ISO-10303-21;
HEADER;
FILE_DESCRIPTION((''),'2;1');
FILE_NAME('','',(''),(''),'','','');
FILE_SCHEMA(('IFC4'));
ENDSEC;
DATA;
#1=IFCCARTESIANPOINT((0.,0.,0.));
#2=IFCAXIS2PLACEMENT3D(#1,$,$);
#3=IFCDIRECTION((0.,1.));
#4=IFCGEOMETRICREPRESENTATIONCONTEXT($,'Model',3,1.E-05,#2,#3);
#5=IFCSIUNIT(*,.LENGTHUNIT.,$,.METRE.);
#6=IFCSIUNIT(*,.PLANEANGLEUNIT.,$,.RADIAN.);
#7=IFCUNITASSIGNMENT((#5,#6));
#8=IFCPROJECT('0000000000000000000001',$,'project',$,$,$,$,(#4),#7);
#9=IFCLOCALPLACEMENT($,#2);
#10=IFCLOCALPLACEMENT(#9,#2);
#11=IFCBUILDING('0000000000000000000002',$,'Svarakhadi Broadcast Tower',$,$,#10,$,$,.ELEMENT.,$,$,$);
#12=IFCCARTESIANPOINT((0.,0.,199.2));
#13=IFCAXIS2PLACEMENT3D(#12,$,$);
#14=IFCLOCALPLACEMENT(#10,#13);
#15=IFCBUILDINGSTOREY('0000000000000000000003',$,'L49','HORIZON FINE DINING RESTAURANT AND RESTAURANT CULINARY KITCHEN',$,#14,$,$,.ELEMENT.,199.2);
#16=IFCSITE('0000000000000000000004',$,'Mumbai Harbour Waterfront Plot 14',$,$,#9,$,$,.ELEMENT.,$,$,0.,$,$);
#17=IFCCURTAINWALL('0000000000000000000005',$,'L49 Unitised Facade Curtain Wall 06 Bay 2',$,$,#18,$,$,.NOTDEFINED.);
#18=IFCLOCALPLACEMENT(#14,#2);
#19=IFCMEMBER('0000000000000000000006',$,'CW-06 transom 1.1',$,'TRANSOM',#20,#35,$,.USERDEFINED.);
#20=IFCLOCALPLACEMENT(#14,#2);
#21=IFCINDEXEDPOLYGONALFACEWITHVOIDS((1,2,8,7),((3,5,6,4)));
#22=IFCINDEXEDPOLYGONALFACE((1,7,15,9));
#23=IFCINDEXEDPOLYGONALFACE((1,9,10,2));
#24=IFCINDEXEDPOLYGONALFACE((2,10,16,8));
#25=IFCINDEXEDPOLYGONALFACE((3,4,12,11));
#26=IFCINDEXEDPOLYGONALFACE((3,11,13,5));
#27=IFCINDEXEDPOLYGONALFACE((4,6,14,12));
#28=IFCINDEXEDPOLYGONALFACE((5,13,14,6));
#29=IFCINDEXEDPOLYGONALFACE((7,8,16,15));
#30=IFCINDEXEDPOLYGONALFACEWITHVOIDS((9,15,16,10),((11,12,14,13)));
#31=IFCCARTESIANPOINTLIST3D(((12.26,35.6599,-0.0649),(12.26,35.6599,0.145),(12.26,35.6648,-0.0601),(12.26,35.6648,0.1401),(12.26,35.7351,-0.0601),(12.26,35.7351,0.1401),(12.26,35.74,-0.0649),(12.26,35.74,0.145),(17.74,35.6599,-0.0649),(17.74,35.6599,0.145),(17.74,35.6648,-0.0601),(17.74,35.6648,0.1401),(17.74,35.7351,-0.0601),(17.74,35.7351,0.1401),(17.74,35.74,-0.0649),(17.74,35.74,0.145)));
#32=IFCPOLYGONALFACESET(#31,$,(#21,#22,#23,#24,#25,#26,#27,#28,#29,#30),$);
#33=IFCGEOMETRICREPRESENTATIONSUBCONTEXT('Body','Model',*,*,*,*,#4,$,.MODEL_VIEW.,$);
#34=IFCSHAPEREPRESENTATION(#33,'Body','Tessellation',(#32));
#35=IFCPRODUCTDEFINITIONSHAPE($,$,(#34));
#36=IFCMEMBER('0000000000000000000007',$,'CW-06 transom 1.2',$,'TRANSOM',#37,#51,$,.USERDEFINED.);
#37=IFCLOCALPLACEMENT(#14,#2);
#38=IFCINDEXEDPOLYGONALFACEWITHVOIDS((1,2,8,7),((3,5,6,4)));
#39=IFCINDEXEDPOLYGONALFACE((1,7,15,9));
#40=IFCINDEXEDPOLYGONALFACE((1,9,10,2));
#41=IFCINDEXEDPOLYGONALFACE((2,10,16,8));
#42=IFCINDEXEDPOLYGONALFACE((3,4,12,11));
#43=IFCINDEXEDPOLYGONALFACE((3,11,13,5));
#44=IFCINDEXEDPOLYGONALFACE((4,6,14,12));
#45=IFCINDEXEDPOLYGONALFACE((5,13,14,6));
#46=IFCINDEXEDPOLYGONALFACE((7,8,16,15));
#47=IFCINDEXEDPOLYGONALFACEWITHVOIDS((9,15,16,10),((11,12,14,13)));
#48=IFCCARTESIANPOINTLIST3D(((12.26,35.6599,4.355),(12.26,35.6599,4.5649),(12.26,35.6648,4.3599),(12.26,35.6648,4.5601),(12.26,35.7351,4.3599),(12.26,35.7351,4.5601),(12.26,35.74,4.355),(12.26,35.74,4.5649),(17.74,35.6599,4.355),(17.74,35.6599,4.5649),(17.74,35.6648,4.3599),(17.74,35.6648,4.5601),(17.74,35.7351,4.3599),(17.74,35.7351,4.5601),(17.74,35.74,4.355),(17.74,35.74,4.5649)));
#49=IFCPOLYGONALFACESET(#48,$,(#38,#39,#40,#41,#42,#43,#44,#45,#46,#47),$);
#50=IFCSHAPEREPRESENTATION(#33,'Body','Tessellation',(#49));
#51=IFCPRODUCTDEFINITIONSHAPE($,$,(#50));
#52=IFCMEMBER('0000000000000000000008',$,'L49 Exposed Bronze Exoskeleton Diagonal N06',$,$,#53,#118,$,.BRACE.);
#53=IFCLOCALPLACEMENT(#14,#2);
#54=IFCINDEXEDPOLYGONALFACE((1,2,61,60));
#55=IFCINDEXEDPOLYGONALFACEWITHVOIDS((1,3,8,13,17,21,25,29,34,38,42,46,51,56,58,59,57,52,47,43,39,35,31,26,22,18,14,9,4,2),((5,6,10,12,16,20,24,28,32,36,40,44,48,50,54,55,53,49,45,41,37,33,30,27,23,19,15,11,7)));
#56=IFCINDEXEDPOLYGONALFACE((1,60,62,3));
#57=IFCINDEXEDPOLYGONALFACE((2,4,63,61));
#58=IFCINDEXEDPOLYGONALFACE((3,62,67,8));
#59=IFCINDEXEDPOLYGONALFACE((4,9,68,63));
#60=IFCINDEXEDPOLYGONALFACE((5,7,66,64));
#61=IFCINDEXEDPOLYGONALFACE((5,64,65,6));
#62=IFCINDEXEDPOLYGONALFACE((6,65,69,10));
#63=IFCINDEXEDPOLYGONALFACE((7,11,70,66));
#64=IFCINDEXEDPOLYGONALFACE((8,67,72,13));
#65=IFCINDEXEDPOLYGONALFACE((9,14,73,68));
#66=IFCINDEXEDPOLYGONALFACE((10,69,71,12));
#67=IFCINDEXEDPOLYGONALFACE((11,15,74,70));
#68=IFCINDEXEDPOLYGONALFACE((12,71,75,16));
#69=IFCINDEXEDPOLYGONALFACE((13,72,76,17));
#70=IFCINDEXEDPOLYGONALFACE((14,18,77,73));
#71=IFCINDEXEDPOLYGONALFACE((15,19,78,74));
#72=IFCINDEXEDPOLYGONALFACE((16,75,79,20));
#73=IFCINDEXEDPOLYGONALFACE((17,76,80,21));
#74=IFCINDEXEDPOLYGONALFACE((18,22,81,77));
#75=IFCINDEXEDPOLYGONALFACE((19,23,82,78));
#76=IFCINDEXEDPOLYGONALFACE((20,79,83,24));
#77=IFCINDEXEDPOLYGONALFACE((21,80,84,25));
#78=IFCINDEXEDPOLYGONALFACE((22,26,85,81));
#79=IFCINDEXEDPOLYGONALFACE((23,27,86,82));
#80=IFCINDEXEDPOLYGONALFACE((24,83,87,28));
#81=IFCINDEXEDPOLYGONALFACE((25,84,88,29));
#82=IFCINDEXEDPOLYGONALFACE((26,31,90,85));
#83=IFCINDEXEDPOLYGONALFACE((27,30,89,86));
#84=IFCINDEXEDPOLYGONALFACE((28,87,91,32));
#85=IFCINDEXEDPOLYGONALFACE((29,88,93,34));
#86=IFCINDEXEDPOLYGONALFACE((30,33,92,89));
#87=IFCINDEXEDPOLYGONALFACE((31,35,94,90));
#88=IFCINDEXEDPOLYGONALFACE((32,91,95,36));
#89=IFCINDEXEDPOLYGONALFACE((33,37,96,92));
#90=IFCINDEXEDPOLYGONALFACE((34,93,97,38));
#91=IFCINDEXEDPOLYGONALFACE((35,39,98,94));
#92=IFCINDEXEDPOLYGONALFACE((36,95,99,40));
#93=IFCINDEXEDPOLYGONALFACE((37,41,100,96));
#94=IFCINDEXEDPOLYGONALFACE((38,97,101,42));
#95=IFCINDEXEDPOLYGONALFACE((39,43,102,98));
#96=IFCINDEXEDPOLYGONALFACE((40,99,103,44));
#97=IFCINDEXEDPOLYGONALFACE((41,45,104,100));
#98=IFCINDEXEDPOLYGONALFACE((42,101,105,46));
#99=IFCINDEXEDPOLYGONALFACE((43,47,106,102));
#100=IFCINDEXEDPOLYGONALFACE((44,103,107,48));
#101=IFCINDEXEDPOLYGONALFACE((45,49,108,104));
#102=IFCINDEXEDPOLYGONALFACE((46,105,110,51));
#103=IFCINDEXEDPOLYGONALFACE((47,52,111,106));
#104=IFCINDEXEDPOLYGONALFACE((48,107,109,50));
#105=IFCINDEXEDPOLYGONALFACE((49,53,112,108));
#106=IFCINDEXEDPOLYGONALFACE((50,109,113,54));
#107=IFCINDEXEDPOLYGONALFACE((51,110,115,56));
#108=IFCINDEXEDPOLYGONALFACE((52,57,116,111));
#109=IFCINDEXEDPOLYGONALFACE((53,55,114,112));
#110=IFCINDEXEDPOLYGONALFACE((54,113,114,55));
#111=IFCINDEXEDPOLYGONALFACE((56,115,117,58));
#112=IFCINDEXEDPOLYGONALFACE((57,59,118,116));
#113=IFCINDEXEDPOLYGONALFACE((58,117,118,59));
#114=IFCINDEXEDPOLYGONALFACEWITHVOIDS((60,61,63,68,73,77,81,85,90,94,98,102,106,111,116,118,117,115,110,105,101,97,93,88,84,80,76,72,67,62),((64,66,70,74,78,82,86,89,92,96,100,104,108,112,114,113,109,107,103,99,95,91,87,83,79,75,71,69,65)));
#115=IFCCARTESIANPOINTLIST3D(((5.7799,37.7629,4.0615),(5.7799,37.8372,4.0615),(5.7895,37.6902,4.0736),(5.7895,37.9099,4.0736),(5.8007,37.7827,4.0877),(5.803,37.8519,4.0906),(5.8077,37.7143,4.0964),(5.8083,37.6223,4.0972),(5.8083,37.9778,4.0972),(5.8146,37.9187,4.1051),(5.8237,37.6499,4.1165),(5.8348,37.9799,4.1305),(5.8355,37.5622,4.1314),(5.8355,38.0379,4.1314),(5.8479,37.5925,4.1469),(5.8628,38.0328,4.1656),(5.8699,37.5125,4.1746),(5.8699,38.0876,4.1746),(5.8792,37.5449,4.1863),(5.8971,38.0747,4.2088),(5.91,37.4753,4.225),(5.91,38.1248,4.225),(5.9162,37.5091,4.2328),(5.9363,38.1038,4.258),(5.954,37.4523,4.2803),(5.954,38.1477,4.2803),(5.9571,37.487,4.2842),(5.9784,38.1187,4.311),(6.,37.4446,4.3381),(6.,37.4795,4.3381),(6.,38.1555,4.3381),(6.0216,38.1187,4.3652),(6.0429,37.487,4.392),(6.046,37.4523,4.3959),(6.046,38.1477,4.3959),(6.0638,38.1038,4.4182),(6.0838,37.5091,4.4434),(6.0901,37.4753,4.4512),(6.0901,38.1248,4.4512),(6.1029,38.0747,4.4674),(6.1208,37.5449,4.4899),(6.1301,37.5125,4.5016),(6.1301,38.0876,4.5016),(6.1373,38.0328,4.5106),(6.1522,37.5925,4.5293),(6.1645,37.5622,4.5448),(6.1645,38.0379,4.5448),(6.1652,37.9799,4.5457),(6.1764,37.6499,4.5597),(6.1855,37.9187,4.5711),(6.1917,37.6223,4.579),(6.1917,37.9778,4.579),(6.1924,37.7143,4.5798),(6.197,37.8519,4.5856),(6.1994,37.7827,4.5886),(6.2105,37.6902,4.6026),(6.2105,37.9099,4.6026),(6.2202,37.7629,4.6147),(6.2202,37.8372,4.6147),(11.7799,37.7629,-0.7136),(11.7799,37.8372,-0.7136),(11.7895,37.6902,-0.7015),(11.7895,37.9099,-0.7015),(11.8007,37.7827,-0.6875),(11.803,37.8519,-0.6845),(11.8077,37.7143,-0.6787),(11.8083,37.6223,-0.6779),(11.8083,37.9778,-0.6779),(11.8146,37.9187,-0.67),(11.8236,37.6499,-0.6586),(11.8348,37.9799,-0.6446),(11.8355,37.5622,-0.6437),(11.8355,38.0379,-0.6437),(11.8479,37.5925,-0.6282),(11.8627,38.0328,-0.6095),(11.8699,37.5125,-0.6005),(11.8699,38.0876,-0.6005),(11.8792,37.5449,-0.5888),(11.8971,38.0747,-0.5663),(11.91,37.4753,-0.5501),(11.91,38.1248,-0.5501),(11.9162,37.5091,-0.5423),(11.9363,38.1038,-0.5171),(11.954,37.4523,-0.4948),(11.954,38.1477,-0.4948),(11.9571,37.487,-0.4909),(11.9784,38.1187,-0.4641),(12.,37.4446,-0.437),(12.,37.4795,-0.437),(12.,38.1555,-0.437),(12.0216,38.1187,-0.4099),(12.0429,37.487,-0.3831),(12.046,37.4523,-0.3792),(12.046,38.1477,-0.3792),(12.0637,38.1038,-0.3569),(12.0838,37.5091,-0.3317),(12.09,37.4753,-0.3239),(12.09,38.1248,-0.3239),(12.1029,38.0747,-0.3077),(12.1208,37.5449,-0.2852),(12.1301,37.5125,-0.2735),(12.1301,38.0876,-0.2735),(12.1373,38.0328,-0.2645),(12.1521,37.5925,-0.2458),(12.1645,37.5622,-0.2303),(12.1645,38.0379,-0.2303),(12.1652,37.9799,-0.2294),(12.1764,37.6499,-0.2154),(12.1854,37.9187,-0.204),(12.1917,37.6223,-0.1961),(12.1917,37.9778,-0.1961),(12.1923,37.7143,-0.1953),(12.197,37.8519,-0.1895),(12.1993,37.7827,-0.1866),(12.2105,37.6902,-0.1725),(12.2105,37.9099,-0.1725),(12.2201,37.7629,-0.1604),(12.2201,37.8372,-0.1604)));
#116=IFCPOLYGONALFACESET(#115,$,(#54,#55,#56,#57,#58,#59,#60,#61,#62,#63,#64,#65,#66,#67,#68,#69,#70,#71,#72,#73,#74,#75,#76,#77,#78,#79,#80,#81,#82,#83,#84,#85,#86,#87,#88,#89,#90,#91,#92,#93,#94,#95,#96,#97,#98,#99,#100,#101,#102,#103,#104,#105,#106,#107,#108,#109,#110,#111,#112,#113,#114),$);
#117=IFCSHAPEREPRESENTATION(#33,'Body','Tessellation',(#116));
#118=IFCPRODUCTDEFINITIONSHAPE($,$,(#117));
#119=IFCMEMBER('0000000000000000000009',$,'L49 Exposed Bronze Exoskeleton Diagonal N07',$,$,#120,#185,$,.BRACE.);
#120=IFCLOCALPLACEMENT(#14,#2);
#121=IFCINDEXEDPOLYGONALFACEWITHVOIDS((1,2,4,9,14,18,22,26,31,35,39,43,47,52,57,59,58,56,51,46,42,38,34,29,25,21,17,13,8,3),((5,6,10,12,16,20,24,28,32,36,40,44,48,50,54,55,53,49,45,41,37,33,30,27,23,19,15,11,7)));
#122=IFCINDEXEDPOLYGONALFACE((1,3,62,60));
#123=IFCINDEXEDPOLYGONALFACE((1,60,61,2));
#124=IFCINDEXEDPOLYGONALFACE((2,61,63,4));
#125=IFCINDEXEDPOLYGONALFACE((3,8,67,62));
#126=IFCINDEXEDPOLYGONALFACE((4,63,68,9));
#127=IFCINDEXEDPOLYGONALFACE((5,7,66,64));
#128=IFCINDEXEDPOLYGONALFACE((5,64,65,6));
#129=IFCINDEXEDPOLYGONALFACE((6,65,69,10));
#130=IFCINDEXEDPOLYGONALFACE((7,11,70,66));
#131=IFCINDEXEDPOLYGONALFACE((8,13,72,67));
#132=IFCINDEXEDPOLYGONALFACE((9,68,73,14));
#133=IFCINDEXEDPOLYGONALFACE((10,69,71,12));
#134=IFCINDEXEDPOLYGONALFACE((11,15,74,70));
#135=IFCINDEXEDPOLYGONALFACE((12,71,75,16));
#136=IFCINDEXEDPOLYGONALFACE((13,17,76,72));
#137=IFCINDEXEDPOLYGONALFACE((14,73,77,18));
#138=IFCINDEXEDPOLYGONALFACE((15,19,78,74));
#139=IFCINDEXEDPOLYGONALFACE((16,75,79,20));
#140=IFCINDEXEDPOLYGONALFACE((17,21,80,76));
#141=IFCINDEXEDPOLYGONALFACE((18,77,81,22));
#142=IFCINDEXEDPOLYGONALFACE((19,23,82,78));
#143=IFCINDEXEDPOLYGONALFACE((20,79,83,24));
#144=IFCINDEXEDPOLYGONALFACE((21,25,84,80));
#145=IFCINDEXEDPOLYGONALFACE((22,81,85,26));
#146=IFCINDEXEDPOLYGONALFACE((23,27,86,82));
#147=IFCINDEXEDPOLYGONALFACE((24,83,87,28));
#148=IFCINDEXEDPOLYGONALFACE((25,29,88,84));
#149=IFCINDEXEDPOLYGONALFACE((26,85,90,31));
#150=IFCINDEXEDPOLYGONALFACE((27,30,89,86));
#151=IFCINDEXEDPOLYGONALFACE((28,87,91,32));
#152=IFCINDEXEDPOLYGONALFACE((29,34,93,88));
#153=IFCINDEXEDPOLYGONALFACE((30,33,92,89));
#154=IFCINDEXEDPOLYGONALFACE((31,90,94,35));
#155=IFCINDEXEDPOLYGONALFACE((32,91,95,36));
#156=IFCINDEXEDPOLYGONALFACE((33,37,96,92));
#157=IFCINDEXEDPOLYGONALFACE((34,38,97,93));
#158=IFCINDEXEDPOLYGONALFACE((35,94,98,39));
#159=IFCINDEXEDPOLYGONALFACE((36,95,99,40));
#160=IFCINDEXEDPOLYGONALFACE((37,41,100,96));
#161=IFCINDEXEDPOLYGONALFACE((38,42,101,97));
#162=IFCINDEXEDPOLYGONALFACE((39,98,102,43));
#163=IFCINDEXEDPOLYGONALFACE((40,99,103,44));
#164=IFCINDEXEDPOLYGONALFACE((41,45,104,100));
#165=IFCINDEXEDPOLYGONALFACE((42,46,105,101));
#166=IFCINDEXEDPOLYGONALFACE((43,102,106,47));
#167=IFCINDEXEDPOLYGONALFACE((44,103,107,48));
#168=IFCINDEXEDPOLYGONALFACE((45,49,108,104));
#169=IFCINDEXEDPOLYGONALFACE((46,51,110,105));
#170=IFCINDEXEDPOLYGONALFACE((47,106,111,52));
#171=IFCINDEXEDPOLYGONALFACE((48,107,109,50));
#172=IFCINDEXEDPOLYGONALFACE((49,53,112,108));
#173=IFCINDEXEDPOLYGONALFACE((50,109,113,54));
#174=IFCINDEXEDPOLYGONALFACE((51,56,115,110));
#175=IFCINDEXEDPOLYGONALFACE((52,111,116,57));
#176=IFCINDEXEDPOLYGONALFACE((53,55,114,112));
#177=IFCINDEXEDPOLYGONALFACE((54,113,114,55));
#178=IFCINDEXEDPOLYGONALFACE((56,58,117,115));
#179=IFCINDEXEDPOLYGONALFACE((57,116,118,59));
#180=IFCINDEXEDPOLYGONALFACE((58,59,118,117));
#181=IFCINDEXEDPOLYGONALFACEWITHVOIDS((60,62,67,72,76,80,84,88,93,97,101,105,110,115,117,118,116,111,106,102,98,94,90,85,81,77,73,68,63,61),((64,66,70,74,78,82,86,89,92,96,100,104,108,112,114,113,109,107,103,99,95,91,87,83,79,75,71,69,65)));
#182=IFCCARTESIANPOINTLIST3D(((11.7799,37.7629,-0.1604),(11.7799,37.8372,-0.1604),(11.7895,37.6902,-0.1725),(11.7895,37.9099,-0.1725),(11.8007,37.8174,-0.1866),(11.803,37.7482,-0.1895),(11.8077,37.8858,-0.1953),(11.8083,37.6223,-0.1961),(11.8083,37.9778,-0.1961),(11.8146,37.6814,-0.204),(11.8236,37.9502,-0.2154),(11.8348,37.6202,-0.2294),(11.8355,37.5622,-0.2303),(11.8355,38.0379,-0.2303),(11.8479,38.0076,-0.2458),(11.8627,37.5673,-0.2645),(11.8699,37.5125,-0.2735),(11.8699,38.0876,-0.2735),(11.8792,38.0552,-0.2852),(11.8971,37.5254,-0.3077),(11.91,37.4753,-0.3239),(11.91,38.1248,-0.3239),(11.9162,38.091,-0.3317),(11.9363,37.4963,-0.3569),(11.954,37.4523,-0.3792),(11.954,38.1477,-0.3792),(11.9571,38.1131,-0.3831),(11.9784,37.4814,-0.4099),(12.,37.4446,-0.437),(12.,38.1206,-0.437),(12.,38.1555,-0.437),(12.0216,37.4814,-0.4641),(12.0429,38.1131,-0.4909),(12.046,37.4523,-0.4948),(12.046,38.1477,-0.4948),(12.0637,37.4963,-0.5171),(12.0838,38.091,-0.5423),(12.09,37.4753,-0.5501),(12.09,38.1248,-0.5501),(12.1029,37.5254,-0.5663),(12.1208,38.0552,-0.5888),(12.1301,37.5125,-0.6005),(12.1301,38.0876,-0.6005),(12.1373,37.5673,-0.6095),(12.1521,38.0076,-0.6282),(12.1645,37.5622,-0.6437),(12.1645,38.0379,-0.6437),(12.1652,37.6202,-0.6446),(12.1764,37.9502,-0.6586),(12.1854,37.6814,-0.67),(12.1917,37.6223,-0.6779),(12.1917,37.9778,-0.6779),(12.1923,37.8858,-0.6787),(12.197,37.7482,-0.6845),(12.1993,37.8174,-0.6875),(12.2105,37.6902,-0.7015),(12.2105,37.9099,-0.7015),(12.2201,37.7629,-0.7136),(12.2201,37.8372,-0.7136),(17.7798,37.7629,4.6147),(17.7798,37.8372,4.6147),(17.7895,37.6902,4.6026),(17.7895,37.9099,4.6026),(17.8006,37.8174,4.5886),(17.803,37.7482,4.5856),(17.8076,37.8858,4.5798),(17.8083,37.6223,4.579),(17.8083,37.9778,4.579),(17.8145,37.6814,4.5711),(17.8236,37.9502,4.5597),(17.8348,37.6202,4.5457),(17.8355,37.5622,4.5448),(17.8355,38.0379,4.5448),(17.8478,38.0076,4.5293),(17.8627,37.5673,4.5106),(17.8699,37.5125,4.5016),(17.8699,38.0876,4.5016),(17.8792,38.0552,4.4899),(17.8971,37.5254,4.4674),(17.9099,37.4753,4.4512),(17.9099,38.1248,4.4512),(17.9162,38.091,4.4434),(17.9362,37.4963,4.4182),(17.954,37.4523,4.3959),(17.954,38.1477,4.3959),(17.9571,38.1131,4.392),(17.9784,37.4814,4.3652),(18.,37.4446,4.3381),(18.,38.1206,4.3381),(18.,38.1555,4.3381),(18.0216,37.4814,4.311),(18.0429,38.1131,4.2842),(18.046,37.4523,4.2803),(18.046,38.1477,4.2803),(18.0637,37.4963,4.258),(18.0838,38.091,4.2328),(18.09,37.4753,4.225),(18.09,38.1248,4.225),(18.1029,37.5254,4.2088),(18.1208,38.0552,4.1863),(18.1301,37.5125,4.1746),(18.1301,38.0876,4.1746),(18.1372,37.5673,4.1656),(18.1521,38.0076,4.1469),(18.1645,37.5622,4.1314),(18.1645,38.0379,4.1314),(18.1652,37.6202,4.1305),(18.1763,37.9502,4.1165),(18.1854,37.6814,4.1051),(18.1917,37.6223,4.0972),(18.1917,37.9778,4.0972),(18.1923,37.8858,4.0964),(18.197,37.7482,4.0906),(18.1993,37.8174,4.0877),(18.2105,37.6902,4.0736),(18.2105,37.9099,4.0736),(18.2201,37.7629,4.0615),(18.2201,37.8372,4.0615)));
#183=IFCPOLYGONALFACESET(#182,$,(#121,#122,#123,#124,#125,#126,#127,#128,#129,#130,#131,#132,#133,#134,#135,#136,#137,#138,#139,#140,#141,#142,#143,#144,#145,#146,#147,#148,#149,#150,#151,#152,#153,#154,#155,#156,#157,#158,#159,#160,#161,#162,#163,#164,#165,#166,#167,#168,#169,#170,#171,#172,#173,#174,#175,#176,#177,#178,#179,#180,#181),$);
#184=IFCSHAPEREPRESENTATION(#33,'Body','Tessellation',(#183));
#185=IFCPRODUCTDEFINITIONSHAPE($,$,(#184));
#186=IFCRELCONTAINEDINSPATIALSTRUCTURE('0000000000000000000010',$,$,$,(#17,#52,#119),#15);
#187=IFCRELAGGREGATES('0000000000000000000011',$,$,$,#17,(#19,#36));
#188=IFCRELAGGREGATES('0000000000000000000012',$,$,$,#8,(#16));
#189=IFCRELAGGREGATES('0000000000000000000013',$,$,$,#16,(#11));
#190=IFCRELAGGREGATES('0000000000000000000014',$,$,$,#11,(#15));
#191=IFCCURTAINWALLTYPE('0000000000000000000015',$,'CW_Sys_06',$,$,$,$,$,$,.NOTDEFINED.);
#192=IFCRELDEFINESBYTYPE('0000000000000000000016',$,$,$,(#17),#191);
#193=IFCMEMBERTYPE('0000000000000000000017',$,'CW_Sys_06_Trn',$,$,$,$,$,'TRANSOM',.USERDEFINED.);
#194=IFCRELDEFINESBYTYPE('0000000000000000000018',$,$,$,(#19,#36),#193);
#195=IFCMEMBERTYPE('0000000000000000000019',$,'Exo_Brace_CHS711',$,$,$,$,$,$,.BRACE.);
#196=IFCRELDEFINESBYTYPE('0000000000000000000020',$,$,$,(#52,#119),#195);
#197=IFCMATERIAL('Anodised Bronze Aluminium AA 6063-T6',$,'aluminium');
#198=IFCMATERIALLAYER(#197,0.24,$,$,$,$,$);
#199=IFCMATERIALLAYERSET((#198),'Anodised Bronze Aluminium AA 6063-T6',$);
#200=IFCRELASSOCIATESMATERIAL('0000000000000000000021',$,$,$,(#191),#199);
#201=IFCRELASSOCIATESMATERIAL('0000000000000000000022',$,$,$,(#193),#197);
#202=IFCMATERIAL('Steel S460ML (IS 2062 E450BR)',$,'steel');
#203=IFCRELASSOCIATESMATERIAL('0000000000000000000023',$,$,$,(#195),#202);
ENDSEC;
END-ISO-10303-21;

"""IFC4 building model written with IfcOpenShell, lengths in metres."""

from ifc_helpers import new_model, si_unit, direction, frame, origin, origin_2d, place, context, subcontext, project, spatial, hollow_rectangle, hollow_circle, extrude, material, layer, layer_set, material_profile, profile_set, type_object, element, aggregate, save


model = new_model("IFC4")

# Units and contexts
model_context = context("Model", 3, precision=1e-05, world=origin(), true_north=direction((0.0, 1.0)))
body_context = subcontext(model_context, "Body", "Model", "MODEL_VIEW")
ifc_project = project(units=[si_unit("LENGTHUNIT", "METRE"), si_unit("PLANEANGLEUNIT", "RADIAN")], contexts=[model_context])

# Site, building, storey
site_placement = place(None, origin())
site = spatial("IfcSite", under=ifc_project, at=site_placement, Name="Mumbai Harbour Waterfront Plot 14", CompositionType="ELEMENT", RefElevation=0.0)
building_placement = place(site_placement, origin())
building = spatial("IfcBuilding", under=site, at=building_placement, Name="Svarakhadi Broadcast Tower", CompositionType="ELEMENT")
storey_placement = place(building_placement, frame((0.0, 0.0, 199.2)))
storey = spatial("IfcBuildingStorey", under=building, at=storey_placement, Name="L49", Description="HORIZON FINE DINING RESTAURANT AND RESTAURANT CULINARY KITCHEN", CompositionType="ELEMENT", Elevation=199.2)

# Shared definitions
ifc_material_1 = material(Name="Steel S460ML (IS 2062 E450BR)", Category="steel")

# Shared definitions
ifc_material_2 = material(Name="Anodised Bronze Aluminium AA 6063-T6", Category="aluminium")
ifc_layer_1 = layer(ifc_material_2, 0.24)
ifc_layer_set_1 = layer_set([ifc_layer_1], Name="Anodised Bronze Aluminium AA 6063-T6")
curtain_wall_type = type_object("IfcCurtainWallType", Name="CW_Sys_06", PredefinedType="NOTDEFINED", material=ifc_layer_set_1)

# Curtain wall, members
curtain_wall_1_placement = place(storey_placement, origin())
curtain_wall_1 = element("IfcCurtainWall", 1, at=curtain_wall_1_placement, inside=storey, type_object=curtain_wall_type, Name="L49 Unitised Facade Curtain Wall 06 Bay 2", PredefinedType="NOTDEFINED")
ifc_material_profile_1 = material_profile(ifc_material_2, hollow_rectangle(XDim=0.0801, YDim=0.21, WallThickness=0.0049, at=origin_2d()), Name="ALU TRANSOM 210x80x5")
ifc_profile_set_1 = profile_set([ifc_material_profile_1], Name="Anodised Bronze Aluminium AA 6063-T6")
member_type_1 = type_object("IfcMemberType", Name="CW_Sys_06_Trn", ElementType="TRANSOM", PredefinedType="USERDEFINED", material=ifc_profile_set_1)
member_1_placement = place(storey_placement, frame((12.26, 35.7, 0.04), z_axis=(1.0, 0.0, 0.0), x_axis=(0.0, 1.0, 0.0)))
member_1 = element("IfcMember", 2, at=member_1_placement, type_object=member_type_1, Name="CW-06 transom 1.1", ObjectType="TRANSOM", PredefinedType="USERDEFINED", context=body_context, shape_type="SweptSolid", body=[
    extrude(hollow_rectangle(XDim=0.0801, YDim=0.21, WallThickness=0.0049, at=origin_2d()), origin(), (0.0, 0.0, 1.0), 5.48),
])
member_2_placement = place(storey_placement, frame((12.26, 35.7, 4.46), z_axis=(1.0, 0.0, 0.0), x_axis=(0.0, 1.0, 0.0)))
member_2 = element("IfcMember", 3, at=member_2_placement, type_object=member_type_1, Name="CW-06 transom 1.2", ObjectType="TRANSOM", PredefinedType="USERDEFINED", context=body_context, shape_type="SweptSolid", body=[
    extrude(hollow_rectangle(XDim=0.0801, YDim=0.21, WallThickness=0.0049, at=origin_2d()), origin(), (0.0, 0.0, 1.0), 5.48),
])

# Members
ifc_material_profile_2 = material_profile(ifc_material_1, hollow_circle(Radius=0.3555, WallThickness=0.0349, at=origin_2d()), Name="CHS 711x35")
ifc_profile_set_2 = profile_set([ifc_material_profile_2], Name="Steel S460ML (IS 2062 E450BR)")
member_type_2 = type_object("IfcMemberType", Name="Exo_Brace_CHS711", PredefinedType="BRACE", material=ifc_profile_set_2)
for number, where, z_axis, x_axis, name in (
    (4, (12.0, 37.8, -0.437), (-0.782447, 0.0, 0.622717), (0.0, -1.0, 0.0), "L49 Exposed Bronze Exoskeleton Diagonal N06"),
    (5, (12.0, 37.8, -0.437), (0.782447, 0.0, 0.622717), (0.0, 1.0, 0.0), "L49 Exposed Bronze Exoskeleton Diagonal N07"),
):
    element("IfcMember", number, at=place(storey_placement, frame(where, z_axis=z_axis, x_axis=x_axis)), inside=storey, type_object=member_type_2, Name=name, PredefinedType="BRACE", context=body_context, shape_type="SweptSolid", body=[
        extrude(hollow_circle(Radius=0.3555, WallThickness=0.0349, at=origin_2d()), origin(), (0.0, 0.0, 1.0), 7.6682),
    ])

aggregate(curtain_wall_1, [member_1, member_2])

save(model, "model.ifc")
